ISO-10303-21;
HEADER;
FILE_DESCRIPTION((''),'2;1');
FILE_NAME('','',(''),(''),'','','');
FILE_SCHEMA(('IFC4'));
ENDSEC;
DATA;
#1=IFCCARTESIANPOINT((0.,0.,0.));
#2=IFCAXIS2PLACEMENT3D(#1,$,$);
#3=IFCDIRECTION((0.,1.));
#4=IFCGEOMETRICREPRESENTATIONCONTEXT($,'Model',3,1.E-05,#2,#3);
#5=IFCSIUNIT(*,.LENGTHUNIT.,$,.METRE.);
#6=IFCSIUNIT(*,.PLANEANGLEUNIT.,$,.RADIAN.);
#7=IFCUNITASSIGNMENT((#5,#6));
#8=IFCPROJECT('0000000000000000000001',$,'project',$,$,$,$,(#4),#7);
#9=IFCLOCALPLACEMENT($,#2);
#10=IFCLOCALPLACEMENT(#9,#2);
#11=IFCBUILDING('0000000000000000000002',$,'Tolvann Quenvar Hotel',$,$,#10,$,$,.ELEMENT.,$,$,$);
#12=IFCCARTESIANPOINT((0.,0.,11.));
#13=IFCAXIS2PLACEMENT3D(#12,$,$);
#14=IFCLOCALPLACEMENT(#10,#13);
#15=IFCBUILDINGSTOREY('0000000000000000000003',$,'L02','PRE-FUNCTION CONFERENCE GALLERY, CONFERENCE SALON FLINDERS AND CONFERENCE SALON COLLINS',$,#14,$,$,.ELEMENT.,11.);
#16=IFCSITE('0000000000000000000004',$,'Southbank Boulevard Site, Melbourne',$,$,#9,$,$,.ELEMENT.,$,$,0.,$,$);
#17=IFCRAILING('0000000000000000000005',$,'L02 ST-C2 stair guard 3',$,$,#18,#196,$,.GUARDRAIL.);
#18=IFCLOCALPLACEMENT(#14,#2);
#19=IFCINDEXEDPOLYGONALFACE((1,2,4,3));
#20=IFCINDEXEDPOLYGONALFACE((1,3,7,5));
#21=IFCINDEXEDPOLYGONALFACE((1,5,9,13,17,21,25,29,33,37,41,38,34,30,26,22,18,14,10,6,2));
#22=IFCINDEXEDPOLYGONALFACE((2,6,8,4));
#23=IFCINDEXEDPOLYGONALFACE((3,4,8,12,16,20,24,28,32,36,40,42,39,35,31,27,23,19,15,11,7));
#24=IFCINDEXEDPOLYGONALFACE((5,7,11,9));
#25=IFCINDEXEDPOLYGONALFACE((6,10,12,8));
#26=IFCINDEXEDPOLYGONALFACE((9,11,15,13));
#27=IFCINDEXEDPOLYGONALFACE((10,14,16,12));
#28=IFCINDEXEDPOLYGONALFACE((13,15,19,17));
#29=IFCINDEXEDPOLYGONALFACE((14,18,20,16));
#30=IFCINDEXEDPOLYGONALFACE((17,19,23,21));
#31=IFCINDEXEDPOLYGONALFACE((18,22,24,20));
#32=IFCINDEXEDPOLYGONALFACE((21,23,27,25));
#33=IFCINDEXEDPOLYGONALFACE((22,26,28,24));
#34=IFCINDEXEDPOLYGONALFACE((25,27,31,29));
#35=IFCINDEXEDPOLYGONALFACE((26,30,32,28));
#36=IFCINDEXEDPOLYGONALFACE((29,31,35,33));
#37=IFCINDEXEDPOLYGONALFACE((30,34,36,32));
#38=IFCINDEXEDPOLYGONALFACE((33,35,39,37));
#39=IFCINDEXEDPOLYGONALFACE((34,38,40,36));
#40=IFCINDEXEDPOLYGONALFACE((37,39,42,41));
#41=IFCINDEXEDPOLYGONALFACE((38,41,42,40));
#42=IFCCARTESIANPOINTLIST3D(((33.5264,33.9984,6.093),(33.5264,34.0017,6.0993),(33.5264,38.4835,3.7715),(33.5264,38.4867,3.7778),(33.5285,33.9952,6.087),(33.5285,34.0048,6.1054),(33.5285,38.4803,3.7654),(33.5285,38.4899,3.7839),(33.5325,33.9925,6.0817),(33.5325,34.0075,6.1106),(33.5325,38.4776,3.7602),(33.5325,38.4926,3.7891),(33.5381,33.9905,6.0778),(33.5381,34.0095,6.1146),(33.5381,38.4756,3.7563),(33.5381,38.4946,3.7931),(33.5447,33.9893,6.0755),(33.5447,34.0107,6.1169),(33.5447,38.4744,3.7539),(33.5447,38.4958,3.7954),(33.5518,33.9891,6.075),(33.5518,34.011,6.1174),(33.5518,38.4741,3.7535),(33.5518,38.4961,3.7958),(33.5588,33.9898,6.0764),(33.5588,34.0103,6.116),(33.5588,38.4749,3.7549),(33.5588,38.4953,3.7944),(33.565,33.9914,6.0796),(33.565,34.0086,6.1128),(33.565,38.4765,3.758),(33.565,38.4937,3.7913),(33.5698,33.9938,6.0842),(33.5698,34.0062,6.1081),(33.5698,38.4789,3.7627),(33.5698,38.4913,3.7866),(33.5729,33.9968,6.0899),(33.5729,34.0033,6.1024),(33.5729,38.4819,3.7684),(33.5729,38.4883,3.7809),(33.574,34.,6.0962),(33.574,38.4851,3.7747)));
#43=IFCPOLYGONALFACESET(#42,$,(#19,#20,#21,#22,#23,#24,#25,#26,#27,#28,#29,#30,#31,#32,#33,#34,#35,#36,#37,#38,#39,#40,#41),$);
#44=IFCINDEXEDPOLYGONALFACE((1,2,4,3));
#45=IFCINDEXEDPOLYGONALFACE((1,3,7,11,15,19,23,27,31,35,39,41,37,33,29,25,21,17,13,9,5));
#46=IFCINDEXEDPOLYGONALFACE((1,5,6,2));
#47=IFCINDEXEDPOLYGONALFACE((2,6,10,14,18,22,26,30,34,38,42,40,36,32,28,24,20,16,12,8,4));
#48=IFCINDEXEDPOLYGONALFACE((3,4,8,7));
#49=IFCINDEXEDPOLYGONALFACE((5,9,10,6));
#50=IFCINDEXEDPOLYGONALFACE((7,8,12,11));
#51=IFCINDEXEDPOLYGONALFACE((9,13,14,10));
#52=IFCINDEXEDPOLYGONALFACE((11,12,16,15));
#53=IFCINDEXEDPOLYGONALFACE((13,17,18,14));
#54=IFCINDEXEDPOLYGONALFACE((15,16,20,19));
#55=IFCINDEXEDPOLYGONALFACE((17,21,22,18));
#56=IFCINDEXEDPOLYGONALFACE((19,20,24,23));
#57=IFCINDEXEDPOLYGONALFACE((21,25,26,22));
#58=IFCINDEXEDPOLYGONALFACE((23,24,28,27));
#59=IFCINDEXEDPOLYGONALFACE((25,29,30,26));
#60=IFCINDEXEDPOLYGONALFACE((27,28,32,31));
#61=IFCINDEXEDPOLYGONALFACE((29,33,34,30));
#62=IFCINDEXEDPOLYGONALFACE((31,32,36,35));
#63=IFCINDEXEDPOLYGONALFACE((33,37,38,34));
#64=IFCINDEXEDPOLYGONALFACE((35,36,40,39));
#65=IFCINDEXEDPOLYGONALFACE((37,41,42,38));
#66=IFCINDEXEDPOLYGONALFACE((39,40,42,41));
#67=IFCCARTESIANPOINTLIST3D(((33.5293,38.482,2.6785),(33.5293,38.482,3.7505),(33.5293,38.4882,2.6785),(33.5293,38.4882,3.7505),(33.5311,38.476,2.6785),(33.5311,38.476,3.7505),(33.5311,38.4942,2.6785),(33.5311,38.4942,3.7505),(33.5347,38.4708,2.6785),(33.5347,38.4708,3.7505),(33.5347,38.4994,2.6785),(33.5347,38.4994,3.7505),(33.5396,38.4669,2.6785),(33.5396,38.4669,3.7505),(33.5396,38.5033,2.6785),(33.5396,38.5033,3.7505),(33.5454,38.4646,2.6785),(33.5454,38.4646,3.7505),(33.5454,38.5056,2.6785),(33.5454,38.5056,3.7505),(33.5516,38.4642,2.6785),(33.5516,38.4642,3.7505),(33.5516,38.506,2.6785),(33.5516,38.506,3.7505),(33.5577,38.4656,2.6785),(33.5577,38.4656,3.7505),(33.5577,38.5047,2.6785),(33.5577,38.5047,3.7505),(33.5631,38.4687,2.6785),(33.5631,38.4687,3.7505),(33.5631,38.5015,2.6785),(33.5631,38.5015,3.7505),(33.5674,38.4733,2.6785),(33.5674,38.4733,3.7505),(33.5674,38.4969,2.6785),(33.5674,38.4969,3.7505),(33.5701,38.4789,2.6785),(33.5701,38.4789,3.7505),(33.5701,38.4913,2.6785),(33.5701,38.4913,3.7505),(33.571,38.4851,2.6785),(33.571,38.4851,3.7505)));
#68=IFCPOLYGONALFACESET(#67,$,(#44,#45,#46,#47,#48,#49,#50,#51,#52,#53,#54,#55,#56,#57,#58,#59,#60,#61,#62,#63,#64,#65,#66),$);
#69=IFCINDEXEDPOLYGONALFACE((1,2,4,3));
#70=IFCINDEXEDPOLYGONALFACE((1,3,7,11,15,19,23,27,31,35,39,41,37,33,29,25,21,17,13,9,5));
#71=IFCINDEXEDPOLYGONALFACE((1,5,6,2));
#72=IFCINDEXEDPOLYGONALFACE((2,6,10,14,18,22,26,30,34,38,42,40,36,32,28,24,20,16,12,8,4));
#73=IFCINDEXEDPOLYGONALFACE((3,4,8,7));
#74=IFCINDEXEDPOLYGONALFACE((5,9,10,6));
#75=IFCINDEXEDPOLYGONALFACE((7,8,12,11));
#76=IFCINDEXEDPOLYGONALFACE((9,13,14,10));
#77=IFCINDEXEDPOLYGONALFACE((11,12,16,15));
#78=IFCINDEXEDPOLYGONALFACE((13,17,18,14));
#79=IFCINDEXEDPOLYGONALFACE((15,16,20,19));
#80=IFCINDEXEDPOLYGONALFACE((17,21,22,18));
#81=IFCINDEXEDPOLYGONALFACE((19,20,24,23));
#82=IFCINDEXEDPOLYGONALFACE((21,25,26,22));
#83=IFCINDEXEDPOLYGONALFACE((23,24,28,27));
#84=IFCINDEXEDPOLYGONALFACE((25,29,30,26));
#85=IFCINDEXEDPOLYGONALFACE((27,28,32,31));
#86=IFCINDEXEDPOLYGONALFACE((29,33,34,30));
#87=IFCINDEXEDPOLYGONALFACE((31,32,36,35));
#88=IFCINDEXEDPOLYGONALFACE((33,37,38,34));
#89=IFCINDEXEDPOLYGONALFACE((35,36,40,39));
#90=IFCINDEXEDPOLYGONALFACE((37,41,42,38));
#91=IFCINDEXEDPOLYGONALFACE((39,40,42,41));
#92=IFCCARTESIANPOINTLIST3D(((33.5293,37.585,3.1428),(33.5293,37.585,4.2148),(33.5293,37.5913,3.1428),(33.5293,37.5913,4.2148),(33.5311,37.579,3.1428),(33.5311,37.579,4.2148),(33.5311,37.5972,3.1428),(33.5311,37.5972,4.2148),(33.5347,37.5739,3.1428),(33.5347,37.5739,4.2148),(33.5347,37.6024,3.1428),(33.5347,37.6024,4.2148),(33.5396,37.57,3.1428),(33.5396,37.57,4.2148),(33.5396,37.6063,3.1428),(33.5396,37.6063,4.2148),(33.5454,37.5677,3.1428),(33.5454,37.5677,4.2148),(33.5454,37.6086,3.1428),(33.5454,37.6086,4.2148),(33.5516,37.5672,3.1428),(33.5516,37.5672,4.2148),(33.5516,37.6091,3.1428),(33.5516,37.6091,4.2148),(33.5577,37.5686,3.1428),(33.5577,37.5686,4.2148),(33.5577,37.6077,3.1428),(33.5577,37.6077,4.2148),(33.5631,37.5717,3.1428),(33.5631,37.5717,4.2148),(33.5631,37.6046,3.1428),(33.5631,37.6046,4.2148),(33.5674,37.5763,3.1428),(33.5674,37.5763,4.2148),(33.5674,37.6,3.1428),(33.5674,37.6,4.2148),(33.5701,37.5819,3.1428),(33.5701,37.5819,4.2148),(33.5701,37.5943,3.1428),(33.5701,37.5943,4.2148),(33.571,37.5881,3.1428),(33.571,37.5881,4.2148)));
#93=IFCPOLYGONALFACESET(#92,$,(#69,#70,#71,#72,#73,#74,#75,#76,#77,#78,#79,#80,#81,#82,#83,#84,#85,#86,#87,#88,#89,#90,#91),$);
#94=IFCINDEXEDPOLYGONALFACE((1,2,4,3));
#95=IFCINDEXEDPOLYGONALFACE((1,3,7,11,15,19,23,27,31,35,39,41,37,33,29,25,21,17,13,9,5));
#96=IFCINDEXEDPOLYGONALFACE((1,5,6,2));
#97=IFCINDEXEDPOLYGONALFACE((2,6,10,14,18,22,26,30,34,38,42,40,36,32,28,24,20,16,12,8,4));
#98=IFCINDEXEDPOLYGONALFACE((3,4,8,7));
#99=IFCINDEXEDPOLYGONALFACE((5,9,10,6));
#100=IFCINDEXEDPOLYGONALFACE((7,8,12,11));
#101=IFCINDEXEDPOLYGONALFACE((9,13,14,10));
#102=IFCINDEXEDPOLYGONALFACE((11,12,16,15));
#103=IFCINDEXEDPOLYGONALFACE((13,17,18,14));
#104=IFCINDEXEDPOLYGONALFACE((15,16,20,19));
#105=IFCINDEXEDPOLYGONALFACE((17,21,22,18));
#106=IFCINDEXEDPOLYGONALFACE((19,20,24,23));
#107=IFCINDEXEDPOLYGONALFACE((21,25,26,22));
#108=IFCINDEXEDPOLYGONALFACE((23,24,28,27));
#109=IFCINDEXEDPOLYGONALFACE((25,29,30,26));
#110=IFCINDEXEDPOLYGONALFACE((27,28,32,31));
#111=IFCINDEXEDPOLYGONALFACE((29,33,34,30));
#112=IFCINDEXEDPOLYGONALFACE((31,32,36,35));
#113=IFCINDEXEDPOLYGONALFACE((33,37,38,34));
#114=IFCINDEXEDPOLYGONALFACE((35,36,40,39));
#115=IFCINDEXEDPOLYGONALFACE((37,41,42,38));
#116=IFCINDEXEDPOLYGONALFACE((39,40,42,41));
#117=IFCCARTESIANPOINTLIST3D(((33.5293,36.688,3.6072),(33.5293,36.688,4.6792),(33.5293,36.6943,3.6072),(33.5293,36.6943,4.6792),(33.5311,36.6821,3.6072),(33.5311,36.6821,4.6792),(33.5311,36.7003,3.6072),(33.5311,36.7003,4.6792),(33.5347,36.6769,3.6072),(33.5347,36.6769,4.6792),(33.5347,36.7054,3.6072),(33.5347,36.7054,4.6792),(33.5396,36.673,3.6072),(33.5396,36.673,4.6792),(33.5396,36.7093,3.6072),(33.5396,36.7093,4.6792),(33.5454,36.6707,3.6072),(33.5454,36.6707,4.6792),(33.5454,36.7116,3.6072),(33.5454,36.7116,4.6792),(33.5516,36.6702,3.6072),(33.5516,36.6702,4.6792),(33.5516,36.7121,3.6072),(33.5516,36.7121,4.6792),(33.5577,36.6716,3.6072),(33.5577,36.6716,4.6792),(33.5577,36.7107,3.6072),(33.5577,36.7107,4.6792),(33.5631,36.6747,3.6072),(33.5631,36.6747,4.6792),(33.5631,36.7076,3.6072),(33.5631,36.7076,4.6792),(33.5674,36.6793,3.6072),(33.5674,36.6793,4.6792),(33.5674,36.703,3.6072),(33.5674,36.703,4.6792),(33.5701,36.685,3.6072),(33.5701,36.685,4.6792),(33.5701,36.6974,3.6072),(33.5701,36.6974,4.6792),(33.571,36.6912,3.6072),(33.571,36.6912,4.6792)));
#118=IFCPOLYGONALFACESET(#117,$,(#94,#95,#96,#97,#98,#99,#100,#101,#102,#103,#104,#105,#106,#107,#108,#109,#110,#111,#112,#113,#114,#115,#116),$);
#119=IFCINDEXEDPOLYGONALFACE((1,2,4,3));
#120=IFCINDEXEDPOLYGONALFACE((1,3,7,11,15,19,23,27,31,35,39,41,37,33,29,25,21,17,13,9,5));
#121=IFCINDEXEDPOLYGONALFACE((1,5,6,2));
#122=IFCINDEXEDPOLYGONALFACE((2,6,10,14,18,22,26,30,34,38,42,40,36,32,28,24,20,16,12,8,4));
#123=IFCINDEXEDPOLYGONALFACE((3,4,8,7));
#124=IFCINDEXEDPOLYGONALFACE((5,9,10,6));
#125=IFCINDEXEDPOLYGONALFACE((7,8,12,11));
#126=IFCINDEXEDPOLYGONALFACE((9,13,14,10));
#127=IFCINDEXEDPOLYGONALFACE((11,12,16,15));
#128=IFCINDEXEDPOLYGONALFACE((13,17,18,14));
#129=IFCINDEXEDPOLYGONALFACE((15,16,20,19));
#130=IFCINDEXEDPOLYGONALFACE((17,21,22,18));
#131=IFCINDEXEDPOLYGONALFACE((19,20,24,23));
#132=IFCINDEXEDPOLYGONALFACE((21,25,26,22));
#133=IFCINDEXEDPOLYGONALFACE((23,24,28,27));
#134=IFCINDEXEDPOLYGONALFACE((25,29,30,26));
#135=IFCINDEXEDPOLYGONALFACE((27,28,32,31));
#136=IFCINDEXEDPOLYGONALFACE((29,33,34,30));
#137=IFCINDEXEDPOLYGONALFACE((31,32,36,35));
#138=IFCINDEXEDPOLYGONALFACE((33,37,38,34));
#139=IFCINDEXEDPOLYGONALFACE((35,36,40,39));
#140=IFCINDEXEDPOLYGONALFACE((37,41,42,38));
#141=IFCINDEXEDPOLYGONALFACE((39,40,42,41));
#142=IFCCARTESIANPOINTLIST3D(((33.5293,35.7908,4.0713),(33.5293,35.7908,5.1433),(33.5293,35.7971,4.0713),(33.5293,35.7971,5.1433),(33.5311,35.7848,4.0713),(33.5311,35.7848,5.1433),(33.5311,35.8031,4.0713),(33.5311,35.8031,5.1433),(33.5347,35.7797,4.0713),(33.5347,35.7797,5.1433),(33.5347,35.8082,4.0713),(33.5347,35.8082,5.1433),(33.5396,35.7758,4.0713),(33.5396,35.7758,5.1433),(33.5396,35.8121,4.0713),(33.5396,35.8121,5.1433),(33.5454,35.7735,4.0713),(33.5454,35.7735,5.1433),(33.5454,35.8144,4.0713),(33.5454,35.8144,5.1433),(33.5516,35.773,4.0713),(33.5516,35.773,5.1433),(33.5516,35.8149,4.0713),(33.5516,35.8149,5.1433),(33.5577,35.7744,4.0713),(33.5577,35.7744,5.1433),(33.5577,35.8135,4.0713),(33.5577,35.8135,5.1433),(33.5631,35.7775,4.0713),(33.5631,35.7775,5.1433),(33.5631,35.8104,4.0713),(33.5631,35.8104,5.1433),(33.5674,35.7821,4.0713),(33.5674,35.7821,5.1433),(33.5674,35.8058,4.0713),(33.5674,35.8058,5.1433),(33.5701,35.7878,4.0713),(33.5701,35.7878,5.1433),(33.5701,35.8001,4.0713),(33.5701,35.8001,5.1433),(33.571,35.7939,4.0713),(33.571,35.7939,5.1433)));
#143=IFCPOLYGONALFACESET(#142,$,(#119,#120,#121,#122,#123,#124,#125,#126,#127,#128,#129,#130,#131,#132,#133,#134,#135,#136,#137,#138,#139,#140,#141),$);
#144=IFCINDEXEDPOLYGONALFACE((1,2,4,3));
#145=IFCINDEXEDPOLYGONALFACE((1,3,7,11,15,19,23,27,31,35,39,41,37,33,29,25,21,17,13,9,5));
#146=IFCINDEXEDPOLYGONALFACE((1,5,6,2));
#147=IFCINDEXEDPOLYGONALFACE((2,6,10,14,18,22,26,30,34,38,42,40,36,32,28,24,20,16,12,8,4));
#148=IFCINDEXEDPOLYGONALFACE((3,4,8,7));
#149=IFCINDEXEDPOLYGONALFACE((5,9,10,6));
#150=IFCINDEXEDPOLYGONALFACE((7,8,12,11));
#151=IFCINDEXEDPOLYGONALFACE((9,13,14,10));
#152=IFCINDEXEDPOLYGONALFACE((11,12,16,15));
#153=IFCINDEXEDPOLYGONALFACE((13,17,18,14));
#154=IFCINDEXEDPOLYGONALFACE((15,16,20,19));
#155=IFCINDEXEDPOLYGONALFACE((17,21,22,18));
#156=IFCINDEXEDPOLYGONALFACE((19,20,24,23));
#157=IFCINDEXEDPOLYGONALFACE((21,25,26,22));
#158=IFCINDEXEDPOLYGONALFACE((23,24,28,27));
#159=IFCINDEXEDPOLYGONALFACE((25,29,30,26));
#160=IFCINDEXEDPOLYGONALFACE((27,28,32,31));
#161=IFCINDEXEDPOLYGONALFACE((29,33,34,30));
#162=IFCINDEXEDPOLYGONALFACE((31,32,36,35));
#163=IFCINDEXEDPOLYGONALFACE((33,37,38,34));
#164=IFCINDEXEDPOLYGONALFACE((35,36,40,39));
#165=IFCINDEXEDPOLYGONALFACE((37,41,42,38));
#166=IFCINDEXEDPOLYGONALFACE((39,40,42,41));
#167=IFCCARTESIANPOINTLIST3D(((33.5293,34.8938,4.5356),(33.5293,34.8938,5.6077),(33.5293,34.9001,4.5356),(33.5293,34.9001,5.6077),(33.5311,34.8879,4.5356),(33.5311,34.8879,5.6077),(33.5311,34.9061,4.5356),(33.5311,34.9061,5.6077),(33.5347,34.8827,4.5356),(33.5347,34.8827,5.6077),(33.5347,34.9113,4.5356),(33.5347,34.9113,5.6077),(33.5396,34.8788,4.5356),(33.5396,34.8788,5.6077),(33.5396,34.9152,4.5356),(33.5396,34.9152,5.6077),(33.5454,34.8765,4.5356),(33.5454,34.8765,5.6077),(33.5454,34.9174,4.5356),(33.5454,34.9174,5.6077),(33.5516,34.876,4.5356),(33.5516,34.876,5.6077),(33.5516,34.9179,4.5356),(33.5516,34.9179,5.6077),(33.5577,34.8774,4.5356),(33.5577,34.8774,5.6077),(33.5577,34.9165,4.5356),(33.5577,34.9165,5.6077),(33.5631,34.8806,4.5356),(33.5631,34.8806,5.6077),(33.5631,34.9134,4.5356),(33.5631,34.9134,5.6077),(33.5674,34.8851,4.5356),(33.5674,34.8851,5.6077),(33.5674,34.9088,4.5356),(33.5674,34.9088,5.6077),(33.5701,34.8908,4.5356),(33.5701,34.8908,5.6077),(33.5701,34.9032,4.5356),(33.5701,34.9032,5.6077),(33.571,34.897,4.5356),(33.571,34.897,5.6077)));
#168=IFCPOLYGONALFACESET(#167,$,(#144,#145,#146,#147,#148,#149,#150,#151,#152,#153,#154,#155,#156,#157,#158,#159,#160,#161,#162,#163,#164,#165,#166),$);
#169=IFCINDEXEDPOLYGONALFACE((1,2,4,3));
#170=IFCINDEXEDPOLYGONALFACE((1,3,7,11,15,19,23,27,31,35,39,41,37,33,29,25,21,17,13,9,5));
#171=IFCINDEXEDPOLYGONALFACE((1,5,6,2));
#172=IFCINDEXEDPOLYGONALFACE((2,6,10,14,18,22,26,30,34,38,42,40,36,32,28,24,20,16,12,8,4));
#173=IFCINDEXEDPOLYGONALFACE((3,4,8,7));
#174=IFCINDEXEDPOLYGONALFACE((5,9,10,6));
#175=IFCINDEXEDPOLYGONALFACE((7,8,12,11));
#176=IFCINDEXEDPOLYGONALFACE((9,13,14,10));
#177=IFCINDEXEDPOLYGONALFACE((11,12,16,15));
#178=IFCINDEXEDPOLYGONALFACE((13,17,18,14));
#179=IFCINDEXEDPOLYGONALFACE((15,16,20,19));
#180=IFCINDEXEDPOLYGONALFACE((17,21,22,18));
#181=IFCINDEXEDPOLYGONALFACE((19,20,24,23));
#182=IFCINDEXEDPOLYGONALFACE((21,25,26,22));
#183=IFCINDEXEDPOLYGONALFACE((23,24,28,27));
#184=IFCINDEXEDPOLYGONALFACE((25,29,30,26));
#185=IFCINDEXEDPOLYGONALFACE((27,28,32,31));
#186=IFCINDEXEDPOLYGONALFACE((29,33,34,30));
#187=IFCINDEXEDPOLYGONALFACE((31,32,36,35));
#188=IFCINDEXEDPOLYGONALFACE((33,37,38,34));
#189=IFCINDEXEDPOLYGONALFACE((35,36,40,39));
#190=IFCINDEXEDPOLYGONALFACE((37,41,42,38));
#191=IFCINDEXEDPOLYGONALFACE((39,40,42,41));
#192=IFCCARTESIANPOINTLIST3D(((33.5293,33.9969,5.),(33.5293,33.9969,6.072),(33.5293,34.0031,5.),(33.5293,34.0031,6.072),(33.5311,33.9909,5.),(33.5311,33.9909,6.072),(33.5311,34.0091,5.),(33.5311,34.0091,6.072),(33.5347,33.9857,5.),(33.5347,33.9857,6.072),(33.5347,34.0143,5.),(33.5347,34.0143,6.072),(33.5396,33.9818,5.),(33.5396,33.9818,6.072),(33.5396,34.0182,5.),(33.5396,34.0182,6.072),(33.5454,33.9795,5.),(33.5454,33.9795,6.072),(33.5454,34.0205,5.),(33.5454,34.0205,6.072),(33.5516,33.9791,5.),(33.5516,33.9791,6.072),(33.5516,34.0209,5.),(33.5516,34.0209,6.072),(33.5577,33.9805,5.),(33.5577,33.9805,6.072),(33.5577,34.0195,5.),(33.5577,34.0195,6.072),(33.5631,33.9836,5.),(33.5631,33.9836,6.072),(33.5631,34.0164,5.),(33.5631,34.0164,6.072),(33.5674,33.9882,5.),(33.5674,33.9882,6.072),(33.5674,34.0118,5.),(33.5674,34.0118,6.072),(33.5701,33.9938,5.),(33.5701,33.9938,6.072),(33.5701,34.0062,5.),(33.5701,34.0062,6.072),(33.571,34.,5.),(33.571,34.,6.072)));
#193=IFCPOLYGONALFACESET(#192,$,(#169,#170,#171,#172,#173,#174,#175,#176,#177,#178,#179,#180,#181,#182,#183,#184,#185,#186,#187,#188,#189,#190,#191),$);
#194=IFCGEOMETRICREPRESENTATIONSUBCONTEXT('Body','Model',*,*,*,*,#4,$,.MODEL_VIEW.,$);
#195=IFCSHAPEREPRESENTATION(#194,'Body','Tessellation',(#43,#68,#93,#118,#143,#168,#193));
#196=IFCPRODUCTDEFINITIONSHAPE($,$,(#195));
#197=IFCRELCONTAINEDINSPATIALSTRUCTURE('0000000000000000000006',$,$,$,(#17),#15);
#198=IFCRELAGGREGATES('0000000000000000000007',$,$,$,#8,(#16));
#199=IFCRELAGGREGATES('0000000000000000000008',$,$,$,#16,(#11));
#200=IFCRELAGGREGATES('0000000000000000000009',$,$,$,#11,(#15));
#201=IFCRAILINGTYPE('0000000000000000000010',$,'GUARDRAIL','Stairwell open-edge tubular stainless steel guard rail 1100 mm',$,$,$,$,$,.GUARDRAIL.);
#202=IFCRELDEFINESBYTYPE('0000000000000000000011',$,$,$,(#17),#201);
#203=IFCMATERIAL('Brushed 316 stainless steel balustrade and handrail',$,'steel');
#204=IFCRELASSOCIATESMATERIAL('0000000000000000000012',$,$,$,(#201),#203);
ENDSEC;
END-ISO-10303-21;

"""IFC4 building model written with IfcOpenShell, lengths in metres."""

from ifc_helpers import new_model, si_unit, direction, frame, origin, origin_2d, place, context, subcontext, project, spatial, circle, extrude, material, type_object, element, save


model = new_model("IFC4")

# Units and contexts
model_context = context("Model", 3, precision=1e-05, world=origin(), true_north=direction((0.0, 1.0)))
body_context = subcontext(model_context, "Body", "Model", "MODEL_VIEW")
ifc_project = project(units=[si_unit("LENGTHUNIT", "METRE"), si_unit("PLANEANGLEUNIT", "RADIAN")], contexts=[model_context])

# Site, building, storey
site_placement = place(None, origin())
site = spatial("IfcSite", under=ifc_project, at=site_placement, Name="Southbank Boulevard Site, Melbourne", CompositionType="ELEMENT", RefElevation=0.0)
building_placement = place(site_placement, origin())
building = spatial("IfcBuilding", under=site, at=building_placement, Name="Tolvann Quenvar Hotel", CompositionType="ELEMENT")
storey_placement = place(building_placement, frame((0.0, 0.0, 11.0)))
storey = spatial("IfcBuildingStorey", under=building, at=storey_placement, Name="L02", Description="PRE-FUNCTION CONFERENCE GALLERY, CONFERENCE SALON FLINDERS AND CONFERENCE SALON COLLINS", CompositionType="ELEMENT", Elevation=11.0)

# Railing
ifc_material_1 = material(Name="Brushed 316 stainless steel balustrade and handrail", Category="steel")
railing_type_1 = type_object("IfcRailingType", Name="GUARDRAIL", Description="Stairwell open-edge tubular stainless steel guard rail 1100 mm", PredefinedType="GUARDRAIL", material=ifc_material_1)
railing_1_placement = place(storey_placement, frame((33.55, 38.4851, 2.6785)))
element("IfcRailing", 1, at=railing_1_placement, inside=storey, type_object=railing_type_1, Name="L02 ST-C2 stair guard 3", PredefinedType="GUARDRAIL", context=body_context, shape_type="SweptSolid", body=[
    extrude(circle(Radius=0.0239, at=origin_2d()), frame((0.0, 0.0, 1.0962), z_axis=(0.0, -0.888084, 0.459681), x_axis=(1.0, 0.0, 0.0)), (0.0, 0.0, 1.0), 5.0503),
    extrude(circle(Radius=0.021, at=origin_2d()), origin(), (0.0, 0.0, 1.0), 1.072),
    extrude(circle(Radius=0.021, at=origin_2d()), frame((0.0, -0.897, 0.4644)), (0.0, 0.0, 1.0), 1.072),
    extrude(circle(Radius=0.021, at=origin_2d()), frame((0.0, -1.7939, 0.9287)), (0.0, 0.0, 1.0), 1.072),
    extrude(circle(Radius=0.021, at=origin_2d()), frame((0.0, -2.6912, 1.3928)), (0.0, 0.0, 1.0), 1.072),
    extrude(circle(Radius=0.021, at=origin_2d()), frame((0.0, -3.5881, 1.8572)), (0.0, 0.0, 1.0), 1.072),
    extrude(circle(Radius=0.021, at=origin_2d()), frame((0.0, -4.4851, 2.3215)), (0.0, 0.0, 1.0), 1.072),
])

save(model, "model.ifc")
